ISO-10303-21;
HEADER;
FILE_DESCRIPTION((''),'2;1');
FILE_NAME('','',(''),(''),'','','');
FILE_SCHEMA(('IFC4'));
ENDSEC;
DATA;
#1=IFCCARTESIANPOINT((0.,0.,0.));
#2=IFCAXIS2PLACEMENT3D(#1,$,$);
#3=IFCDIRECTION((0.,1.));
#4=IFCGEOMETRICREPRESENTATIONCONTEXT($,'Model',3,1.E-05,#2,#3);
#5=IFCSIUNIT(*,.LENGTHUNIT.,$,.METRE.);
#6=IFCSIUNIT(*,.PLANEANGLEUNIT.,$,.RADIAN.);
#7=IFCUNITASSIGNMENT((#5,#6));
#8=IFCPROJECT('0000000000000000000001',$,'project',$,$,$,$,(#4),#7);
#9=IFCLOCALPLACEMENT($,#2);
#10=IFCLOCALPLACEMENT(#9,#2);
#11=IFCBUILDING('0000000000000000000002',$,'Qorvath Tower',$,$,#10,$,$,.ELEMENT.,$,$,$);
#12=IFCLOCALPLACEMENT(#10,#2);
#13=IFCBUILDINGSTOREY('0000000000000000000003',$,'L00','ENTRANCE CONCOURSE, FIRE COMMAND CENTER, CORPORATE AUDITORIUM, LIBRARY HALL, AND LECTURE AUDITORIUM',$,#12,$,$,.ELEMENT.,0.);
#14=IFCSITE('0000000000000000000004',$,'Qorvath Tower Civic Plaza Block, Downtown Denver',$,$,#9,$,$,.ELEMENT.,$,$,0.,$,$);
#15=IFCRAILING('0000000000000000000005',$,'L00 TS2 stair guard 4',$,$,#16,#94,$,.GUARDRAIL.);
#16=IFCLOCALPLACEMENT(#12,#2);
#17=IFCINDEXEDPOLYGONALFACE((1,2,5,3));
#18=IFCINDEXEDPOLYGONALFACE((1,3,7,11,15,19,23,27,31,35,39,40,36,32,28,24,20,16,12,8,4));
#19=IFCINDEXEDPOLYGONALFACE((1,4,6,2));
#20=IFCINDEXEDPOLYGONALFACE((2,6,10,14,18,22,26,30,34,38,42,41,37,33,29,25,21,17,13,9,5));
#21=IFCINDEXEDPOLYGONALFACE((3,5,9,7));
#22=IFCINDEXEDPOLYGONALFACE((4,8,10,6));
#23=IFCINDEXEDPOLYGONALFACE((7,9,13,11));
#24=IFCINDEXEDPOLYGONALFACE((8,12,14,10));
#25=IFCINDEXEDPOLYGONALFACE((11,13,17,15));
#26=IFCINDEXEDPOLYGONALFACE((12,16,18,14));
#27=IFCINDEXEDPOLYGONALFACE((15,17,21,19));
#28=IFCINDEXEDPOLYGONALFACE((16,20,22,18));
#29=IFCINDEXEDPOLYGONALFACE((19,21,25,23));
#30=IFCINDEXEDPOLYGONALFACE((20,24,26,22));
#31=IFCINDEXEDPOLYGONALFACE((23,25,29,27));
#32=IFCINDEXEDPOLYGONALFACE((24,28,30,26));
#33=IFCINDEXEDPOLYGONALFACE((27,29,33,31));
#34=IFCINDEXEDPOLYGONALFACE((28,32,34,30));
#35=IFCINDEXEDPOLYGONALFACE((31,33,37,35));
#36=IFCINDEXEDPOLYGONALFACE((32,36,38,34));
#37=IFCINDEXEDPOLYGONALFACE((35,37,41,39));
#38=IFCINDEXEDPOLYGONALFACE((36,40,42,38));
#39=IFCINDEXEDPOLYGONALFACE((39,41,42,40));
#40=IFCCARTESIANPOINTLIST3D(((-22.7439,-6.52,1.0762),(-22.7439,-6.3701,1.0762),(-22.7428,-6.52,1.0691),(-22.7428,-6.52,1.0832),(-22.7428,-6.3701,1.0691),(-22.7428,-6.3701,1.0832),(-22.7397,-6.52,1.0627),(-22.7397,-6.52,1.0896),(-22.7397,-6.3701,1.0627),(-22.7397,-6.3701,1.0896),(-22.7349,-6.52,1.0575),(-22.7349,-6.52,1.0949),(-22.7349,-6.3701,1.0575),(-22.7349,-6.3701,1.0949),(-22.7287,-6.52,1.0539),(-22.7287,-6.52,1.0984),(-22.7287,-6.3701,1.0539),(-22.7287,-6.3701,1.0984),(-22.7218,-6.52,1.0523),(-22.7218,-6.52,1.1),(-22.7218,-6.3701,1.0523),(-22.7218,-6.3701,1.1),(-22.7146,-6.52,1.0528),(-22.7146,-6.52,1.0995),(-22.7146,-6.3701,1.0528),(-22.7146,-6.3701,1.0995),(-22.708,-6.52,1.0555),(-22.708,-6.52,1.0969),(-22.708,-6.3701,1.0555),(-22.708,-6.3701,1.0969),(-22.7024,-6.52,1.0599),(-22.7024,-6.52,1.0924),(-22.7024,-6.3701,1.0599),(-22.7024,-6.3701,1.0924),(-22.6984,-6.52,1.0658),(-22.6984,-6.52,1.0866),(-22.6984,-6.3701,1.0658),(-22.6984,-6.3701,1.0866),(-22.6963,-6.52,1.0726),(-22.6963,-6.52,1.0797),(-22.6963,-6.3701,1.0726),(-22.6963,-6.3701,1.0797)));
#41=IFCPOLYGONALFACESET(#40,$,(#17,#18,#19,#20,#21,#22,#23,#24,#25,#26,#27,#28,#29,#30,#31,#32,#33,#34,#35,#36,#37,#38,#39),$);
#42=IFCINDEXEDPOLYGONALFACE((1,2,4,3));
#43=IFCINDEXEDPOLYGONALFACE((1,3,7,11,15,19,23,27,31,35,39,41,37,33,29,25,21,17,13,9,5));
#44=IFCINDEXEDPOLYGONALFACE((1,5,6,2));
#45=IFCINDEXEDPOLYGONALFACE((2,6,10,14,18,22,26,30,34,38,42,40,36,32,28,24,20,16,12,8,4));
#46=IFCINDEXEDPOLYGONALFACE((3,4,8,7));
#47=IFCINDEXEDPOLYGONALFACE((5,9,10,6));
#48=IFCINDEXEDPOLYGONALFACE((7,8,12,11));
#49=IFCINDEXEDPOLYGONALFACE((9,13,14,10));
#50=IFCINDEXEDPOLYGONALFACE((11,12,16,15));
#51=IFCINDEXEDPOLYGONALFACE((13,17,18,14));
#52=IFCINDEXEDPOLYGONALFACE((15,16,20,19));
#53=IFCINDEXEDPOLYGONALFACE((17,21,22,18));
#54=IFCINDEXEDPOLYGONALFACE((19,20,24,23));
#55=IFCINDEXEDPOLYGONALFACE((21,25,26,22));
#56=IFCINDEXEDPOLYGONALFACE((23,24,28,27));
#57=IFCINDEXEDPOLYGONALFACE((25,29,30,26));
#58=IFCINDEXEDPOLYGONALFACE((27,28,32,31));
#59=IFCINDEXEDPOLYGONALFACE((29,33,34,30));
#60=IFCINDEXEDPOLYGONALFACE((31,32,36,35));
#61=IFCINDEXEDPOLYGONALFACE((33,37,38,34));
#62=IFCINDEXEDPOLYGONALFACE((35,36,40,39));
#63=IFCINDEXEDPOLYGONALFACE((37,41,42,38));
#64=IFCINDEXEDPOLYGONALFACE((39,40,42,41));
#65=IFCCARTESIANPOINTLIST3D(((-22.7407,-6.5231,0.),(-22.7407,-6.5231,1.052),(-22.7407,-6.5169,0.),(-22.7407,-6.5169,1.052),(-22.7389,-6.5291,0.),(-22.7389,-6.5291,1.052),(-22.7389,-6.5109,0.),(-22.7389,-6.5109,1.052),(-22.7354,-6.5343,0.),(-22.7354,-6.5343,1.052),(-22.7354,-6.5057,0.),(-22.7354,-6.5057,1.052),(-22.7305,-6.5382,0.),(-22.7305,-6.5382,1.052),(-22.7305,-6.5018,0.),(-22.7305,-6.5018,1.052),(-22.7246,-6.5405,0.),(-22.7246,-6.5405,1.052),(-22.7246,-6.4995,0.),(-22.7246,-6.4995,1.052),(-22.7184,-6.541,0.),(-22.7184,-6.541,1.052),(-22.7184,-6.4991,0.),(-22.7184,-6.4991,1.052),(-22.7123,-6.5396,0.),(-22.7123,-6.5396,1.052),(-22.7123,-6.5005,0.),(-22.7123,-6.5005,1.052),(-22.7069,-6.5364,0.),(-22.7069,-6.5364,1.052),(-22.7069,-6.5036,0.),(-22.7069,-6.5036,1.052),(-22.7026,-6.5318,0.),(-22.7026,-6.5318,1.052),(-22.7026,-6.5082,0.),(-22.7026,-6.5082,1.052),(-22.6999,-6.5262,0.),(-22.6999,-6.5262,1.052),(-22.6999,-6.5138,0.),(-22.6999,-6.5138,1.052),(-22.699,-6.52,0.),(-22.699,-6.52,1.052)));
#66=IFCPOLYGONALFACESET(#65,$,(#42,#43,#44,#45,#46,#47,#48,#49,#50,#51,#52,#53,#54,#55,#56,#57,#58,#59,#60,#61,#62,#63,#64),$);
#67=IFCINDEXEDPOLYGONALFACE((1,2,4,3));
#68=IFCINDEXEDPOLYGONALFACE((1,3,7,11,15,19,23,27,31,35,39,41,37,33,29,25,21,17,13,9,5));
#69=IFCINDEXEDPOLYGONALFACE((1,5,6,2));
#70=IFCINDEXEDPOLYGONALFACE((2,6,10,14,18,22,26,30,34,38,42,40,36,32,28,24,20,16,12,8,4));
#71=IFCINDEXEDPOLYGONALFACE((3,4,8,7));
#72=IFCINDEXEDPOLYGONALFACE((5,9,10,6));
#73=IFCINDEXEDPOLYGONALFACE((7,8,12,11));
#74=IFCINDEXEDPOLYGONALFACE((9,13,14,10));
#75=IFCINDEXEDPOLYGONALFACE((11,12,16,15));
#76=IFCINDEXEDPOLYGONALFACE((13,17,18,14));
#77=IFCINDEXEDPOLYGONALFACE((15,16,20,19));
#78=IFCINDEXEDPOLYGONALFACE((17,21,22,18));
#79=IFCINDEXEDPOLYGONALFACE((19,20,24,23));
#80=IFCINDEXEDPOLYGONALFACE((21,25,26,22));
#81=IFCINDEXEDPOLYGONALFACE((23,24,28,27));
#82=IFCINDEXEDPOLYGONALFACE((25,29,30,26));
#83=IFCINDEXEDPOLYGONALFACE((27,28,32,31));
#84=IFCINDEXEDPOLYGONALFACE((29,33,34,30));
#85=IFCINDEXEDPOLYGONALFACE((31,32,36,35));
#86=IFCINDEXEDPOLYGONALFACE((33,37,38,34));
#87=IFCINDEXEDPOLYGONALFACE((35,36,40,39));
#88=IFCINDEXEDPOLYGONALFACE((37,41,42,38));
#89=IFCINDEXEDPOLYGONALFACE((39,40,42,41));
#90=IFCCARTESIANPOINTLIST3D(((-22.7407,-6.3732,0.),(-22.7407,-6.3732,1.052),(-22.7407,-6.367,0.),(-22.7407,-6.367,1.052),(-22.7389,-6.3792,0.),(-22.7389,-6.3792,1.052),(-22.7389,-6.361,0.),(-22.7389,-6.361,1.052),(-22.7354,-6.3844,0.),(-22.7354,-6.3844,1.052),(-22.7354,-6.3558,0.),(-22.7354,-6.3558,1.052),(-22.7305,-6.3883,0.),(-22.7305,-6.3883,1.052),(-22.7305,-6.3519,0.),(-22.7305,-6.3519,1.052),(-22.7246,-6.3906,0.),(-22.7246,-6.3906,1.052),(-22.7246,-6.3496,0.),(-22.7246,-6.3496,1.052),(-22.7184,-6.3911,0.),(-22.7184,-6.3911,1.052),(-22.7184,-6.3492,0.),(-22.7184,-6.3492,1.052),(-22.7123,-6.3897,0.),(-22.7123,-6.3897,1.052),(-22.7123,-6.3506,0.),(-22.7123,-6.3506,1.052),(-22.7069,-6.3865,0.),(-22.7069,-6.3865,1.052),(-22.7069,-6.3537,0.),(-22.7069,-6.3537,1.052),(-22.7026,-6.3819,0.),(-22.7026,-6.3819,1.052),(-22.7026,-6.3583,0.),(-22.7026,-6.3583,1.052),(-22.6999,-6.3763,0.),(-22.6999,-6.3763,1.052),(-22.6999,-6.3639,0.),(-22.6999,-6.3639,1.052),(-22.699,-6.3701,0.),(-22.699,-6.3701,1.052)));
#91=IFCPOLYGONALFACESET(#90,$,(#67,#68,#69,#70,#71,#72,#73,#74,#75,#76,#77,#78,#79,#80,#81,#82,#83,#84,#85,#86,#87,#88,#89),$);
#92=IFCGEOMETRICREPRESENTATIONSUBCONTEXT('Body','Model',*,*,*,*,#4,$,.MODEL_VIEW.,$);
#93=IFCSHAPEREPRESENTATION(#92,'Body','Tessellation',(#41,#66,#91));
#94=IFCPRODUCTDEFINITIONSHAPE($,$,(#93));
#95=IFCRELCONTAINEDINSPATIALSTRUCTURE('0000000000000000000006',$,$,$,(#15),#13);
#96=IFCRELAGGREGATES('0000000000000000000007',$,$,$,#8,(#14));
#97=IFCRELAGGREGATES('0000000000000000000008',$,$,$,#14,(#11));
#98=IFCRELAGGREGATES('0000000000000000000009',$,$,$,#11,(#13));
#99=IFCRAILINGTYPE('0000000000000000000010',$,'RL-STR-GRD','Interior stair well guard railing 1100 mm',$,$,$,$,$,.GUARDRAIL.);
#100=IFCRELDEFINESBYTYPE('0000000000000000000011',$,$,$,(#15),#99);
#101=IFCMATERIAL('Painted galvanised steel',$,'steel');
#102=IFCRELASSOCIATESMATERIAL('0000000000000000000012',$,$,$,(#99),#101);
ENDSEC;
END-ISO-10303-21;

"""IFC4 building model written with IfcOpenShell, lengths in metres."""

from ifc_helpers import new_model, si_unit, direction, frame, origin, origin_2d, place, context, subcontext, project, spatial, circle, extrude, material, type_object, element, save


model = new_model("IFC4")

# Units and contexts
model_context = context("Model", 3, precision=1e-05, world=origin(), true_north=direction((0.0, 1.0)))
body_context = subcontext(model_context, "Body", "Model", "MODEL_VIEW")
ifc_project = project(units=[si_unit("LENGTHUNIT", "METRE"), si_unit("PLANEANGLEUNIT", "RADIAN")], contexts=[model_context])

# Site, building, storey
site_placement = place(None, origin())
site = spatial("IfcSite", under=ifc_project, at=site_placement, Name="Qorvath Tower Civic Plaza Block, Downtown Denver", CompositionType="ELEMENT", RefElevation=0.0)
building_placement = place(site_placement, origin())
building = spatial("IfcBuilding", under=site, at=building_placement, Name="Qorvath Tower", CompositionType="ELEMENT")
storey_placement = place(building_placement, origin())
storey = spatial("IfcBuildingStorey", under=building, at=storey_placement, Name="L00", Description="ENTRANCE CONCOURSE, FIRE COMMAND CENTER, CORPORATE AUDITORIUM, LIBRARY HALL, AND LECTURE AUDITORIUM", CompositionType="ELEMENT", Elevation=0.0)

# Railing
ifc_material_1 = material(Name="Painted galvanised steel", Category="steel")
railing_type_1 = type_object("IfcRailingType", Name="RL-STR-GRD", Description="Interior stair well guard railing 1100 mm", PredefinedType="GUARDRAIL", material=ifc_material_1)
railing_1_placement = place(storey_placement, frame((-22.72, -6.52, 0.0)))
element("IfcRailing", 1, at=railing_1_placement, inside=storey, type_object=railing_type_1, Name="L00 TS2 stair guard 4", PredefinedType="GUARDRAIL", context=body_context, shape_type="SweptSolid", body=[
    extrude(circle(Radius=0.0239, at=origin_2d()), frame((0.0, 0.0, 1.0762), z_axis=(0.0, 1.0, 0.0), x_axis=(-1.0, 0.0, 0.0)), (0.0, 0.0, 1.0), 0.1499),
    extrude(circle(Radius=0.021, at=origin_2d()), origin(), (0.0, 0.0, 1.0), 1.052),
    extrude(circle(Radius=0.021, at=origin_2d()), frame((0.0, 0.1499, 0.0)), (0.0, 0.0, 1.0), 1.052),
])

save(model, "model.ifc")
